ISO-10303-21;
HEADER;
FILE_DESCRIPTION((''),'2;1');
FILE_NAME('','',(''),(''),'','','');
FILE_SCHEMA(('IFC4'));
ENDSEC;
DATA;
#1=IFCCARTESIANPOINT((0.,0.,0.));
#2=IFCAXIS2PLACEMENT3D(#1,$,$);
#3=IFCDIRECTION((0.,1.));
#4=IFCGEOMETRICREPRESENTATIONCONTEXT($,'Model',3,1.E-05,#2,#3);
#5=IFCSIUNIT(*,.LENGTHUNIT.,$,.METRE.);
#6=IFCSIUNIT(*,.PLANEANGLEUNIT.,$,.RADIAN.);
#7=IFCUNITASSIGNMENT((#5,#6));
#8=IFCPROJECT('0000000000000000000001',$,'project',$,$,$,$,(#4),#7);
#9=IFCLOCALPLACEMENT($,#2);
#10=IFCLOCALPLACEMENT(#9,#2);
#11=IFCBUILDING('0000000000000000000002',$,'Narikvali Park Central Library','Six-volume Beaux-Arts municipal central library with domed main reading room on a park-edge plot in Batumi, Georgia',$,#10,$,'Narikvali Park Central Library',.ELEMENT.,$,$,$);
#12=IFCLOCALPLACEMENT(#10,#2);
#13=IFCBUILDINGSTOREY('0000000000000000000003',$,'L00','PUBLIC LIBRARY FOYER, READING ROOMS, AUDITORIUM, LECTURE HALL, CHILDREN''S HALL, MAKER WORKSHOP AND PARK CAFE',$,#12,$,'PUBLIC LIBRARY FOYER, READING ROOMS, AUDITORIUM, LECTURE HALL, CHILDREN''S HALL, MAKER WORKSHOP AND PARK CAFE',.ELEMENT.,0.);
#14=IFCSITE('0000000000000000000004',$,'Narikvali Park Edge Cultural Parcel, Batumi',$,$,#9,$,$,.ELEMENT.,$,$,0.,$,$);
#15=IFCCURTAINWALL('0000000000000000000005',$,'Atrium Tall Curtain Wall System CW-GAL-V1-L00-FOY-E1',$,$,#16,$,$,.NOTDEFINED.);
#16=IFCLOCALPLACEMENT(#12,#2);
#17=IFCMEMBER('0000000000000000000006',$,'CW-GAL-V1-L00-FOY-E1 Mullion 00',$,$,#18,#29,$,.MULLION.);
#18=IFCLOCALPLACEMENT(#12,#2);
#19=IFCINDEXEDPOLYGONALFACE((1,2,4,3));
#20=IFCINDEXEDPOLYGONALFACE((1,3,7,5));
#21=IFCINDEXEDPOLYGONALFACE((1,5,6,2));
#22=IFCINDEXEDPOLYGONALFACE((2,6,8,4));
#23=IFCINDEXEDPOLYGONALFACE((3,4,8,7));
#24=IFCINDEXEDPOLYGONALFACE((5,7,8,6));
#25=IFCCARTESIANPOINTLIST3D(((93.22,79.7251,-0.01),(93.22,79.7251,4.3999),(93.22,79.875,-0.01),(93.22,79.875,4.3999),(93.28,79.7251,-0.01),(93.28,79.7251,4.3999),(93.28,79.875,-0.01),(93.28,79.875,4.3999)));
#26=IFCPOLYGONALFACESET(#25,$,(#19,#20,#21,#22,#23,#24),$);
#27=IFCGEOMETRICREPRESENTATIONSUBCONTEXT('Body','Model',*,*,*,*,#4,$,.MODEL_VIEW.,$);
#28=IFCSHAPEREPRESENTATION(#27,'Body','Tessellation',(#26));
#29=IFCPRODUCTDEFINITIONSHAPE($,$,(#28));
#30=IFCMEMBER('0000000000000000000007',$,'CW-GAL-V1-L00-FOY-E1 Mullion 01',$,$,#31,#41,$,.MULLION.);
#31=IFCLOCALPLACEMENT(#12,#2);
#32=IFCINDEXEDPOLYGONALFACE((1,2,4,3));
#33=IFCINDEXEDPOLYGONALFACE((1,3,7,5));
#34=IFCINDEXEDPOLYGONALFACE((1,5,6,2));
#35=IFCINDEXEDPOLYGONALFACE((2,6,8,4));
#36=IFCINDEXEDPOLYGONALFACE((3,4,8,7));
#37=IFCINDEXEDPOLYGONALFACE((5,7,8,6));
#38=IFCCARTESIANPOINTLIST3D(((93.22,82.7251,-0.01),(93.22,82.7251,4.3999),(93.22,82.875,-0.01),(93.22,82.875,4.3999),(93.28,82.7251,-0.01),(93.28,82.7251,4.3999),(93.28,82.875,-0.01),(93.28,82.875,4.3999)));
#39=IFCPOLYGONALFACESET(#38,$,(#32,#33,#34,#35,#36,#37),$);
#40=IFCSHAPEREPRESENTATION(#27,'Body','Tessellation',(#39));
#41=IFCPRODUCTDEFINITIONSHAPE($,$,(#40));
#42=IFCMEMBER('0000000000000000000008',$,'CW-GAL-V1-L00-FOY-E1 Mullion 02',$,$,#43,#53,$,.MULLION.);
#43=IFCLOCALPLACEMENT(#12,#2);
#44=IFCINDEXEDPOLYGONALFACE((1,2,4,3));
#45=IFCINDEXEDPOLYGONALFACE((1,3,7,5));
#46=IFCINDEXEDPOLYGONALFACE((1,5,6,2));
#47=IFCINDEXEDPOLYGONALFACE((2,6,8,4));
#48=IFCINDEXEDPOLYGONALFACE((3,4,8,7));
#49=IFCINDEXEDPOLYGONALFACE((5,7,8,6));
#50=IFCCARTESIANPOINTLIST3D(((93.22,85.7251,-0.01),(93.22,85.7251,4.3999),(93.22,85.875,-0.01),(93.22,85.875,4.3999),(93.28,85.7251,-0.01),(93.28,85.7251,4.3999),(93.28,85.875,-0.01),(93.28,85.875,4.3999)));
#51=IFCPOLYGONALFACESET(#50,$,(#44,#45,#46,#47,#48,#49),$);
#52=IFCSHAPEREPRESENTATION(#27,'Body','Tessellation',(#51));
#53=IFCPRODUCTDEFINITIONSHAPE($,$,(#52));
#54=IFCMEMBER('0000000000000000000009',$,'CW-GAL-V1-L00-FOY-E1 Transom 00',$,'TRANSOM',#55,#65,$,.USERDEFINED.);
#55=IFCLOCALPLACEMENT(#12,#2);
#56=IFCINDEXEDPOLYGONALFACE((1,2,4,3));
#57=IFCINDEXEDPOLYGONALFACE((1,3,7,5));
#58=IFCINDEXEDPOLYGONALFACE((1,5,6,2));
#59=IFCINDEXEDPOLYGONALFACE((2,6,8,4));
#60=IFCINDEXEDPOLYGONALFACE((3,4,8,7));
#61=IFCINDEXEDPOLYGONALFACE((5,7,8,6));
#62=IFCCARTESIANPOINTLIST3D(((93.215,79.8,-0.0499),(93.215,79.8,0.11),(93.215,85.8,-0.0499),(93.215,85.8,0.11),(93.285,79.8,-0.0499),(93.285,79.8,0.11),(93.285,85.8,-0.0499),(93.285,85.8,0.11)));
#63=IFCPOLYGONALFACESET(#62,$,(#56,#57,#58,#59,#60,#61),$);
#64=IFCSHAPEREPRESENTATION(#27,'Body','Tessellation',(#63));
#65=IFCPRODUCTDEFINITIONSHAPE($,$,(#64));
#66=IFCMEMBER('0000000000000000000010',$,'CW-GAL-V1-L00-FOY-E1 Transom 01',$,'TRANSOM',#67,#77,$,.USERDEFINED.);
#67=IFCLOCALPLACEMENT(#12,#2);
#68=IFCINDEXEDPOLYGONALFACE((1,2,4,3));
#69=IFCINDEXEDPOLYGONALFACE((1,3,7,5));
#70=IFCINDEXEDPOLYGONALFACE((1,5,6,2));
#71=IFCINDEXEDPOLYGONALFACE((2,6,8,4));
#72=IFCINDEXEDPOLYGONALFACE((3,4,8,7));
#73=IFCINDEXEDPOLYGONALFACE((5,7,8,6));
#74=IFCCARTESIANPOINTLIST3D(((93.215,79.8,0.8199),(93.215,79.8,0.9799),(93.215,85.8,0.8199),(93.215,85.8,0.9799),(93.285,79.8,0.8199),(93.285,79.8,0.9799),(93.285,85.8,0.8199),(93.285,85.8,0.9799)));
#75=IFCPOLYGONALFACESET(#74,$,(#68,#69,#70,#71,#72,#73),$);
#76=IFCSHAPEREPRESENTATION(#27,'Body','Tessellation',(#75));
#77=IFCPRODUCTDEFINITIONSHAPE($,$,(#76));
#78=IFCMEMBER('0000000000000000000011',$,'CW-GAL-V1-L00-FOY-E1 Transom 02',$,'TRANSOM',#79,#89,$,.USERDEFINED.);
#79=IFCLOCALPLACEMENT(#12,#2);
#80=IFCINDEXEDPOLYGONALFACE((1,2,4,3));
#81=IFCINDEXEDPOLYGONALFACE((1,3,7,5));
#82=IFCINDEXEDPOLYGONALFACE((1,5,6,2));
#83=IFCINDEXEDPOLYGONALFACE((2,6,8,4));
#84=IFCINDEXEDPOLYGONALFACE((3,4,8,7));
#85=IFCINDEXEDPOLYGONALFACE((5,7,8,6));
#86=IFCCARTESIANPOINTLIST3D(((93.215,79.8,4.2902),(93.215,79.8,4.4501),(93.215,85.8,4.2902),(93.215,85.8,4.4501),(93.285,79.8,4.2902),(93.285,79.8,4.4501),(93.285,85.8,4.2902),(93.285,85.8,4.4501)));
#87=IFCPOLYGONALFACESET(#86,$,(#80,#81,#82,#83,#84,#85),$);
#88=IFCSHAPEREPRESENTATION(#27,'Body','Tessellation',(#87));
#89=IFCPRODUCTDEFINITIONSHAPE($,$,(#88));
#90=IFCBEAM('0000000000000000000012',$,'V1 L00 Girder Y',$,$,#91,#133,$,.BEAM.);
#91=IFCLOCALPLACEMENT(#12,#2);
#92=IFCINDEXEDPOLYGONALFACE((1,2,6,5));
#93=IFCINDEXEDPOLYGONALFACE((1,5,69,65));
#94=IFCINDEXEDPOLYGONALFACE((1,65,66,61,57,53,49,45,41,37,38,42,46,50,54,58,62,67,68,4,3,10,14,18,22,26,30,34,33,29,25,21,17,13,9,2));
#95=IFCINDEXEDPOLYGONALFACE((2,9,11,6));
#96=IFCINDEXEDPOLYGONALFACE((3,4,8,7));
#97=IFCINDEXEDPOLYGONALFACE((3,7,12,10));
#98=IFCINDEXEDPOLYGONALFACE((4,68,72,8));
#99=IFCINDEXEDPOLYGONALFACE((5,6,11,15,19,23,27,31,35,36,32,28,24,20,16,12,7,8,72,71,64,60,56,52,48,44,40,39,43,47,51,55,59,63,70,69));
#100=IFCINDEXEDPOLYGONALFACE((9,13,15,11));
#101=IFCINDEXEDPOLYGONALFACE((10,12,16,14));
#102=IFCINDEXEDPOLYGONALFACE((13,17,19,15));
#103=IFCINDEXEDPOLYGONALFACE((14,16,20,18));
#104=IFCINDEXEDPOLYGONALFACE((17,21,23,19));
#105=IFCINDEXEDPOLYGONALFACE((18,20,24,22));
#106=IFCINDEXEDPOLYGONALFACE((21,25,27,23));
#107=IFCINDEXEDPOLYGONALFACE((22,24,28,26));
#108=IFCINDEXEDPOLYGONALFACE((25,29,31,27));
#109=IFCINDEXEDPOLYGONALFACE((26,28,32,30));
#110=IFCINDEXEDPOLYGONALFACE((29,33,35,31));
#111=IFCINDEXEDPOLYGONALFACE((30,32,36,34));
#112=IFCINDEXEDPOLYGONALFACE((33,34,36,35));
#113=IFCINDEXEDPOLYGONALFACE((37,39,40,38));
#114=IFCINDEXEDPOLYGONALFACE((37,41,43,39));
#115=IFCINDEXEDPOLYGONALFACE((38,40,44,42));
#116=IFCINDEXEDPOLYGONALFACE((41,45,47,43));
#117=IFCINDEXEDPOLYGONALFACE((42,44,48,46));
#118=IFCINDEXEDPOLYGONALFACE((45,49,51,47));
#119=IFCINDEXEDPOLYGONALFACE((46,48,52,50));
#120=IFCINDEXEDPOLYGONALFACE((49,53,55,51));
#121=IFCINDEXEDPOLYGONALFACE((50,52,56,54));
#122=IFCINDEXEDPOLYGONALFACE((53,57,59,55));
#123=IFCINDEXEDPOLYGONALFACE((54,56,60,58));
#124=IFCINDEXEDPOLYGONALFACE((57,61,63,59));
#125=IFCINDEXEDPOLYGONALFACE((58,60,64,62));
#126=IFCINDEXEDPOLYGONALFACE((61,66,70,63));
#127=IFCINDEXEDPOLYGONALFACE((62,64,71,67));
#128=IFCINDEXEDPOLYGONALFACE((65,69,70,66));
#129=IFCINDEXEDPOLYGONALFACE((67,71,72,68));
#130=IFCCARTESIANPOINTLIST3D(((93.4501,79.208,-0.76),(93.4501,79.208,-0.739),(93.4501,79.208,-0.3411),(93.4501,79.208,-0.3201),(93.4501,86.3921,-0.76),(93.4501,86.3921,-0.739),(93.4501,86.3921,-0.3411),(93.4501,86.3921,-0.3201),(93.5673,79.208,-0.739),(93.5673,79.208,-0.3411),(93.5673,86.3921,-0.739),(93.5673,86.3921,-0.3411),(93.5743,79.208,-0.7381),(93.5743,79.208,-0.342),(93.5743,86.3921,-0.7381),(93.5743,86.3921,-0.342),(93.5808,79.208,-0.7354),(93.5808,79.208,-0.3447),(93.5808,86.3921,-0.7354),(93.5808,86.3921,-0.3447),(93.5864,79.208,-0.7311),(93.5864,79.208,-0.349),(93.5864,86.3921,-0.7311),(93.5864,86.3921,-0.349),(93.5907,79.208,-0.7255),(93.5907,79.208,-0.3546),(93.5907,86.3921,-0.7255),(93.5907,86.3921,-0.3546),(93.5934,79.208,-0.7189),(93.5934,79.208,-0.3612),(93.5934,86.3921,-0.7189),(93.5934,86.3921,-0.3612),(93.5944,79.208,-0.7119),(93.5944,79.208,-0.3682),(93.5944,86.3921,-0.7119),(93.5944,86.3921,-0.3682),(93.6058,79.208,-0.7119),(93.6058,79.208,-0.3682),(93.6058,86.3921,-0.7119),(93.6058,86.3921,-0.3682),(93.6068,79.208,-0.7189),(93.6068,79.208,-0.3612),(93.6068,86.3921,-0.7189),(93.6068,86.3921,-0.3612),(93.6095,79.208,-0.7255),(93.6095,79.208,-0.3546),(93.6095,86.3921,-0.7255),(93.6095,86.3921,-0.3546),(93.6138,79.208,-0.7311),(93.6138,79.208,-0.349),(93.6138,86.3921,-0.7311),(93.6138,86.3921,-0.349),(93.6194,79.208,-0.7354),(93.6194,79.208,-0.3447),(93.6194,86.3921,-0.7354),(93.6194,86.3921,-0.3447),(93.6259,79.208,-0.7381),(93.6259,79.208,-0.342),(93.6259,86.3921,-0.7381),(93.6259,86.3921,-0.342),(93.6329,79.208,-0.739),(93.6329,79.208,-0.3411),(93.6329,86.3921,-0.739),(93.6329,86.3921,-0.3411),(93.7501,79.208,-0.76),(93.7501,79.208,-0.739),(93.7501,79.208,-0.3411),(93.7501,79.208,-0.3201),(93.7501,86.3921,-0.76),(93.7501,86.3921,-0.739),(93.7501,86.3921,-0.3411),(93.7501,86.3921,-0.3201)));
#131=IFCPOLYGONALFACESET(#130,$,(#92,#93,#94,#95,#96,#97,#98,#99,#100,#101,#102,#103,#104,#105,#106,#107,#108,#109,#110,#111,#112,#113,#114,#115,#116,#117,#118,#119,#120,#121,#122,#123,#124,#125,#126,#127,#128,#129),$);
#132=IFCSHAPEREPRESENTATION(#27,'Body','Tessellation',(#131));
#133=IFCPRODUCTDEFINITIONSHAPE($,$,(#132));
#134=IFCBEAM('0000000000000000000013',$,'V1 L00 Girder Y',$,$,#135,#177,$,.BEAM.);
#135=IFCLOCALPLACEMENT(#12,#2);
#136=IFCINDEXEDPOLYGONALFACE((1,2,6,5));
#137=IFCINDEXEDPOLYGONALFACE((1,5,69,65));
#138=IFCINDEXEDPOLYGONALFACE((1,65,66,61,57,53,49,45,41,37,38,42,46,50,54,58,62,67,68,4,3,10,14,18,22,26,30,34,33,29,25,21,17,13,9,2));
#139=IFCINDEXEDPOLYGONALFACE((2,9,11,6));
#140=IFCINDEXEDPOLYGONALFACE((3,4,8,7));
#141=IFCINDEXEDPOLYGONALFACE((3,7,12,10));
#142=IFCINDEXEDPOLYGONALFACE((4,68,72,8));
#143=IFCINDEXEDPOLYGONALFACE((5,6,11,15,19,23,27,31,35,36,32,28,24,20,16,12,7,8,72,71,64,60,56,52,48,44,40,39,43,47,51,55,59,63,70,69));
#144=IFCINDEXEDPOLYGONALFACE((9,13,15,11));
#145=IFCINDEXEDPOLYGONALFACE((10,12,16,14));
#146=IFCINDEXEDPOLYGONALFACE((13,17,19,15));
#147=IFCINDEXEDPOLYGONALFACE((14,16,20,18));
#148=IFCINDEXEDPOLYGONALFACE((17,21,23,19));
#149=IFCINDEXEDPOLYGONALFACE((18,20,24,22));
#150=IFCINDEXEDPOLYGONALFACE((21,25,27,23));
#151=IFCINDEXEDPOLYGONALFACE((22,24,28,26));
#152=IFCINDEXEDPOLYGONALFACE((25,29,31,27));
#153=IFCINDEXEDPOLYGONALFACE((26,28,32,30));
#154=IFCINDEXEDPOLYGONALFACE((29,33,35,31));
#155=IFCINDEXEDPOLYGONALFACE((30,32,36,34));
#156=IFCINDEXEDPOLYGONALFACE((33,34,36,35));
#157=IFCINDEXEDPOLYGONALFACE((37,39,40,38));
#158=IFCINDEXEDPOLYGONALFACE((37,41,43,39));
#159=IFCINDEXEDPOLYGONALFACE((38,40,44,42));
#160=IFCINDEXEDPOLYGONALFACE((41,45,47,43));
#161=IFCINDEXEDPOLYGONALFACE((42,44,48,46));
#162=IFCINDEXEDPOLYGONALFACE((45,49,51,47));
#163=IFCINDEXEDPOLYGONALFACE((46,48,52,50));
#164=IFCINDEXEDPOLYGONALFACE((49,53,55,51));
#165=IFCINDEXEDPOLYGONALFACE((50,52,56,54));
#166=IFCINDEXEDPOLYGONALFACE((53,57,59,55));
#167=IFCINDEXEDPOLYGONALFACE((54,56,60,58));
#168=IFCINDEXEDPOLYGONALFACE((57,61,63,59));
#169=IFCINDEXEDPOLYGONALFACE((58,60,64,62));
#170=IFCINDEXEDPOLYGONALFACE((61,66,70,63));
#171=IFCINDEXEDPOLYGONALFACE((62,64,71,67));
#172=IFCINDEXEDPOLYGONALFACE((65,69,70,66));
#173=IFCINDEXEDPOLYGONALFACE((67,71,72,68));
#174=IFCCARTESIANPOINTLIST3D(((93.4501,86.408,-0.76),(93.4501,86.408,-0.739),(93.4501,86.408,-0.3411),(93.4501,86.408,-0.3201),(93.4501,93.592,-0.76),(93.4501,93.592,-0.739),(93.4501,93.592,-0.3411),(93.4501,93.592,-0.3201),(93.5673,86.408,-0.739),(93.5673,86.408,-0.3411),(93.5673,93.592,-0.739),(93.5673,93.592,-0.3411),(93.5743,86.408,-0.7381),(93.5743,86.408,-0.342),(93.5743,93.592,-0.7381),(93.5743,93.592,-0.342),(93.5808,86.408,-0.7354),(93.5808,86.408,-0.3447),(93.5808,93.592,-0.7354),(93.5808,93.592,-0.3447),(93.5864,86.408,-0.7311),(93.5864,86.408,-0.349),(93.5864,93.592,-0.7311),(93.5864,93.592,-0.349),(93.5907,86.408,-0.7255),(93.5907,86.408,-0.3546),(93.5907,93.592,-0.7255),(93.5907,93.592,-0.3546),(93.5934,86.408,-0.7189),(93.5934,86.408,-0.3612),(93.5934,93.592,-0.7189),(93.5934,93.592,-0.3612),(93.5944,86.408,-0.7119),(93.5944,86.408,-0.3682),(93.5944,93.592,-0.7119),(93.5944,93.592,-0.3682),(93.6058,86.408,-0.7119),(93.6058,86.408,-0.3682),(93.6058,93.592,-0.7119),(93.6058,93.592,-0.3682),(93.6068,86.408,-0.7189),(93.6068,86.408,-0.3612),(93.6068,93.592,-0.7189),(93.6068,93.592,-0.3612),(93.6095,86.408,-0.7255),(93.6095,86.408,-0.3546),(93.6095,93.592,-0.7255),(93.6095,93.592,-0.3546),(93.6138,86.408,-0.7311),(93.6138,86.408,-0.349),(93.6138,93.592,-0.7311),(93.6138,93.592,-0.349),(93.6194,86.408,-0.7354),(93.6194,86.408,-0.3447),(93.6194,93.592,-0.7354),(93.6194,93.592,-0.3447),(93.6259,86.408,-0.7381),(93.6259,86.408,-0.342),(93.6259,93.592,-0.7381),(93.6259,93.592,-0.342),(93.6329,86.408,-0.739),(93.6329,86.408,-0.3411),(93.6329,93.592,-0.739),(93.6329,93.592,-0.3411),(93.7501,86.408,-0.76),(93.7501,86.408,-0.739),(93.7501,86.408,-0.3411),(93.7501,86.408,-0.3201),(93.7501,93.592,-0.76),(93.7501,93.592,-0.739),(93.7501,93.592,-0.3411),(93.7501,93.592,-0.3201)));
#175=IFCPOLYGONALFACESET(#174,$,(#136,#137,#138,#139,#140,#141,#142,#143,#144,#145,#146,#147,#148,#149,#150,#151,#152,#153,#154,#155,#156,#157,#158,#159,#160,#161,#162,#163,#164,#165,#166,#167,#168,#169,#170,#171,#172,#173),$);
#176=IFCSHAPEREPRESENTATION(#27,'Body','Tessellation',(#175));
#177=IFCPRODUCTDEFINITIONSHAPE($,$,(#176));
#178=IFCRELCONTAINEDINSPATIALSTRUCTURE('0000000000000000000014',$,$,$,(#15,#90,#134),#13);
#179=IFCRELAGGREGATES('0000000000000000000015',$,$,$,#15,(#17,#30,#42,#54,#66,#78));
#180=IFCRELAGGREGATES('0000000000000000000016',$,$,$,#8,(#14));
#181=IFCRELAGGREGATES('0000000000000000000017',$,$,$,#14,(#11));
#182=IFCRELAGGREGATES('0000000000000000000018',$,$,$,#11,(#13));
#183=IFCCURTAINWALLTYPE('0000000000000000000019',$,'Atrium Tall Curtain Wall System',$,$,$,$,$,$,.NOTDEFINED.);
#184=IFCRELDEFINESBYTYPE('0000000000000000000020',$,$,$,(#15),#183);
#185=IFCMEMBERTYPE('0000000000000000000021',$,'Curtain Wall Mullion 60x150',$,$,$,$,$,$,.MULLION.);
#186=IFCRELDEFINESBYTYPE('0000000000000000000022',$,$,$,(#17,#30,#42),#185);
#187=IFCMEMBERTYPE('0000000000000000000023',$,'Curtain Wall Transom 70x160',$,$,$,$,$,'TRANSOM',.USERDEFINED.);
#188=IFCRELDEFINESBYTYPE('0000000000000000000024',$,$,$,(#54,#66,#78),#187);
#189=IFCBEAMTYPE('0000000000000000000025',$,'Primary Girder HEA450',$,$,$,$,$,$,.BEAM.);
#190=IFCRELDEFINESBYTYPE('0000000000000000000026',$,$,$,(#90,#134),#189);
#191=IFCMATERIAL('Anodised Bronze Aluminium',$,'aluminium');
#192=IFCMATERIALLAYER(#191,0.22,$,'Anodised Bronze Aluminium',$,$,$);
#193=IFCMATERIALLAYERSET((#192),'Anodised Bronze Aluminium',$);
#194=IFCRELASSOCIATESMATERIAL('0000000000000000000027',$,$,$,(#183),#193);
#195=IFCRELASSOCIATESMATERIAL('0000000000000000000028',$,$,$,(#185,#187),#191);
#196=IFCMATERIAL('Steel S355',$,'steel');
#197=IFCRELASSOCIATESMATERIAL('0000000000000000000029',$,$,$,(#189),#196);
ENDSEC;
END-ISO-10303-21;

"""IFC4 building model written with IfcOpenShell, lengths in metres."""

from ifc_helpers import new_model, si_unit, direction, frame, origin, origin_2d, place, context, subcontext, project, spatial, rectangle, i_section, extrude, material, layer, layer_set, material_profile, profile_set, type_object, element, aggregate, save


model = new_model("IFC4")

# Units and contexts
model_context = context("Model", 3, precision=1e-05, world=origin(), true_north=direction((0.0, 1.0)))
body_context = subcontext(model_context, "Body", "Model", "MODEL_VIEW")
ifc_project = project(units=[si_unit("LENGTHUNIT", "METRE"), si_unit("PLANEANGLEUNIT", "RADIAN")], contexts=[model_context])

# Site, building, storey
site_placement = place(None, origin())
site = spatial("IfcSite", under=ifc_project, at=site_placement, Name="Narikvali Park Edge Cultural Parcel, Batumi", CompositionType="ELEMENT", RefElevation=0.0)
building_placement = place(site_placement, origin())
building = spatial("IfcBuilding", under=site, at=building_placement, Name="Narikvali Park Central Library", Description="Six-volume Beaux-Arts municipal central library with domed main reading room on a park-edge plot in Batumi, Georgia", LongName="Narikvali Park Central Library", CompositionType="ELEMENT")
storey_placement = place(building_placement, origin())
storey = spatial("IfcBuildingStorey", under=building, at=storey_placement, Name="L00", Description="PUBLIC LIBRARY FOYER, READING ROOMS, AUDITORIUM, LECTURE HALL, CHILDREN'S HALL, MAKER WORKSHOP AND PARK CAFE", LongName="PUBLIC LIBRARY FOYER, READING ROOMS, AUDITORIUM, LECTURE HALL, CHILDREN'S HALL, MAKER WORKSHOP AND PARK CAFE", CompositionType="ELEMENT", Elevation=0.0)

# Shared definitions
ifc_material_1 = material(Name="Steel S355", Category="steel")

# Curtain wall, members
ifc_material_2 = material(Name="Anodised Bronze Aluminium", Category="aluminium")
ifc_layer_1 = layer(ifc_material_2, 0.22, Name="Anodised Bronze Aluminium")
ifc_layer_set_1 = layer_set([ifc_layer_1], Name="Anodised Bronze Aluminium")
curtain_wall_type = type_object("IfcCurtainWallType", Name="Atrium Tall Curtain Wall System", PredefinedType="NOTDEFINED", material=ifc_layer_set_1)
curtain_wall_placement = place(storey_placement, origin())
curtain_wall = element("IfcCurtainWall", 1, at=curtain_wall_placement, inside=storey, type_object=curtain_wall_type, Name="Atrium Tall Curtain Wall System CW-GAL-V1-L00-FOY-E1", PredefinedType="NOTDEFINED")
ifc_material_profile_1 = material_profile(ifc_material_2, rectangle(XDim=0.0601, YDim=0.1499, at=origin_2d()), Name="CW MULLION 60x150")
ifc_profile_set_1 = profile_set([ifc_material_profile_1], Name="Anodised Bronze Aluminium")
member_type_1 = type_object("IfcMemberType", Name="Curtain Wall Mullion 60x150", PredefinedType="MULLION", material=ifc_profile_set_1)
member_1_placement = place(storey_placement, frame((93.25, 79.8, -0.01), z_axis=(0.0, 0.0, 1.0), x_axis=(1.0, 0.0, 0.0)))
member_1 = element("IfcMember", 2, at=member_1_placement, type_object=member_type_1, Name="CW-GAL-V1-L00-FOY-E1 Mullion 00", PredefinedType="MULLION", context=body_context, shape_type="SweptSolid", body=[
    extrude(rectangle(XDim=0.0601, YDim=0.1499, at=origin_2d()), origin(), (0.0, 0.0, 1.0), 4.4099),
])
member_2_placement = place(storey_placement, frame((93.25, 82.8, -0.01), z_axis=(0.0, 0.0, 1.0), x_axis=(1.0, 0.0, 0.0)))
member_2 = element("IfcMember", 3, at=member_2_placement, type_object=member_type_1, Name="CW-GAL-V1-L00-FOY-E1 Mullion 01", PredefinedType="MULLION", context=body_context, shape_type="SweptSolid", body=[
    extrude(rectangle(XDim=0.0601, YDim=0.1499, at=origin_2d()), origin(), (0.0, 0.0, 1.0), 4.4099),
])
member_3_placement = place(storey_placement, frame((93.25, 85.8, -0.01), z_axis=(0.0, 0.0, 1.0), x_axis=(1.0, 0.0, 0.0)))
member_3 = element("IfcMember", 4, at=member_3_placement, type_object=member_type_1, Name="CW-GAL-V1-L00-FOY-E1 Mullion 02", PredefinedType="MULLION", context=body_context, shape_type="SweptSolid", body=[
    extrude(rectangle(XDim=0.0601, YDim=0.1499, at=origin_2d()), origin(), (0.0, 0.0, 1.0), 4.4099),
])
ifc_material_profile_2 = material_profile(ifc_material_2, rectangle(XDim=0.0701, YDim=0.1599, at=origin_2d()), Name="CW TRANSOM 70x160")
ifc_profile_set_2 = profile_set([ifc_material_profile_2], Name="Anodised Bronze Aluminium")
member_type_2 = type_object("IfcMemberType", Name="Curtain Wall Transom 70x160", ElementType="TRANSOM", PredefinedType="USERDEFINED", material=ifc_profile_set_2)
member_4_placement = place(storey_placement, frame((93.25, 79.8, 0.03), z_axis=(0.0, 1.0, 0.0), x_axis=(-1.0, 0.0, 0.0)))
member_4 = element("IfcMember", 5, at=member_4_placement, type_object=member_type_2, Name="CW-GAL-V1-L00-FOY-E1 Transom 00", ObjectType="TRANSOM", PredefinedType="USERDEFINED", context=body_context, shape_type="SweptSolid", body=[
    extrude(rectangle(XDim=0.0701, YDim=0.1599, at=origin_2d()), origin(), (0.0, 0.0, 1.0), 6.0),
])
member_5_placement = place(storey_placement, frame((93.25, 79.8, 0.8999), z_axis=(0.0, 1.0, 0.0), x_axis=(-1.0, 0.0, 0.0)))
member_5 = element("IfcMember", 6, at=member_5_placement, type_object=member_type_2, Name="CW-GAL-V1-L00-FOY-E1 Transom 01", ObjectType="TRANSOM", PredefinedType="USERDEFINED", context=body_context, shape_type="SweptSolid", body=[
    extrude(rectangle(XDim=0.0701, YDim=0.1599, at=origin_2d()), origin(), (0.0, 0.0, 1.0), 6.0),
])
member_6_placement = place(storey_placement, frame((93.25, 79.8, 4.3701), z_axis=(0.0, 1.0, 0.0), x_axis=(-1.0, 0.0, 0.0)))
member_6 = element("IfcMember", 7, at=member_6_placement, type_object=member_type_2, Name="CW-GAL-V1-L00-FOY-E1 Transom 02", ObjectType="TRANSOM", PredefinedType="USERDEFINED", context=body_context, shape_type="SweptSolid", body=[
    extrude(rectangle(XDim=0.0701, YDim=0.1599, at=origin_2d()), origin(), (0.0, 0.0, 1.0), 6.0),
])

# Beams
ifc_material_profile_3 = material_profile(ifc_material_1, i_section(OverallWidth=0.3, OverallDepth=0.4399, WebThickness=0.0115, FlangeThickness=0.021, FilletRadius=0.0271, at=origin_2d()), Name="HEA 450")
ifc_profile_set_3 = profile_set([ifc_material_profile_3], Name="Steel S355")
beam_type_1 = type_object("IfcBeamType", Name="Primary Girder HEA450", PredefinedType="BEAM", material=ifc_profile_set_3)
for number, where, z_axis, x_axis, name in (
    (8, (93.6001, 79.208, -0.54), (0.0, 1.0, 0.0), (-1.0, 0.0, 0.0), "V1 L00 Girder Y"),
    (9, (93.6001, 86.408, -0.54), (0.0, 1.0, 0.0), (-1.0, 0.0, 0.0), "V1 L00 Girder Y"),
):
    element("IfcBeam", number, at=place(storey_placement, frame(where, z_axis=z_axis, x_axis=x_axis)), inside=storey, type_object=beam_type_1, Name=name, PredefinedType="BEAM", context=body_context, shape_type="SweptSolid", body=[
        extrude(i_section(OverallWidth=0.3, OverallDepth=0.4399, WebThickness=0.0115, FlangeThickness=0.021, FilletRadius=0.0271, at=origin_2d()), origin(), (0.0, 0.0, 1.0), 7.1841),
    ])

aggregate(curtain_wall, [member_1, member_2, member_3, member_4, member_5, member_6])

save(model, "model.ifc")
